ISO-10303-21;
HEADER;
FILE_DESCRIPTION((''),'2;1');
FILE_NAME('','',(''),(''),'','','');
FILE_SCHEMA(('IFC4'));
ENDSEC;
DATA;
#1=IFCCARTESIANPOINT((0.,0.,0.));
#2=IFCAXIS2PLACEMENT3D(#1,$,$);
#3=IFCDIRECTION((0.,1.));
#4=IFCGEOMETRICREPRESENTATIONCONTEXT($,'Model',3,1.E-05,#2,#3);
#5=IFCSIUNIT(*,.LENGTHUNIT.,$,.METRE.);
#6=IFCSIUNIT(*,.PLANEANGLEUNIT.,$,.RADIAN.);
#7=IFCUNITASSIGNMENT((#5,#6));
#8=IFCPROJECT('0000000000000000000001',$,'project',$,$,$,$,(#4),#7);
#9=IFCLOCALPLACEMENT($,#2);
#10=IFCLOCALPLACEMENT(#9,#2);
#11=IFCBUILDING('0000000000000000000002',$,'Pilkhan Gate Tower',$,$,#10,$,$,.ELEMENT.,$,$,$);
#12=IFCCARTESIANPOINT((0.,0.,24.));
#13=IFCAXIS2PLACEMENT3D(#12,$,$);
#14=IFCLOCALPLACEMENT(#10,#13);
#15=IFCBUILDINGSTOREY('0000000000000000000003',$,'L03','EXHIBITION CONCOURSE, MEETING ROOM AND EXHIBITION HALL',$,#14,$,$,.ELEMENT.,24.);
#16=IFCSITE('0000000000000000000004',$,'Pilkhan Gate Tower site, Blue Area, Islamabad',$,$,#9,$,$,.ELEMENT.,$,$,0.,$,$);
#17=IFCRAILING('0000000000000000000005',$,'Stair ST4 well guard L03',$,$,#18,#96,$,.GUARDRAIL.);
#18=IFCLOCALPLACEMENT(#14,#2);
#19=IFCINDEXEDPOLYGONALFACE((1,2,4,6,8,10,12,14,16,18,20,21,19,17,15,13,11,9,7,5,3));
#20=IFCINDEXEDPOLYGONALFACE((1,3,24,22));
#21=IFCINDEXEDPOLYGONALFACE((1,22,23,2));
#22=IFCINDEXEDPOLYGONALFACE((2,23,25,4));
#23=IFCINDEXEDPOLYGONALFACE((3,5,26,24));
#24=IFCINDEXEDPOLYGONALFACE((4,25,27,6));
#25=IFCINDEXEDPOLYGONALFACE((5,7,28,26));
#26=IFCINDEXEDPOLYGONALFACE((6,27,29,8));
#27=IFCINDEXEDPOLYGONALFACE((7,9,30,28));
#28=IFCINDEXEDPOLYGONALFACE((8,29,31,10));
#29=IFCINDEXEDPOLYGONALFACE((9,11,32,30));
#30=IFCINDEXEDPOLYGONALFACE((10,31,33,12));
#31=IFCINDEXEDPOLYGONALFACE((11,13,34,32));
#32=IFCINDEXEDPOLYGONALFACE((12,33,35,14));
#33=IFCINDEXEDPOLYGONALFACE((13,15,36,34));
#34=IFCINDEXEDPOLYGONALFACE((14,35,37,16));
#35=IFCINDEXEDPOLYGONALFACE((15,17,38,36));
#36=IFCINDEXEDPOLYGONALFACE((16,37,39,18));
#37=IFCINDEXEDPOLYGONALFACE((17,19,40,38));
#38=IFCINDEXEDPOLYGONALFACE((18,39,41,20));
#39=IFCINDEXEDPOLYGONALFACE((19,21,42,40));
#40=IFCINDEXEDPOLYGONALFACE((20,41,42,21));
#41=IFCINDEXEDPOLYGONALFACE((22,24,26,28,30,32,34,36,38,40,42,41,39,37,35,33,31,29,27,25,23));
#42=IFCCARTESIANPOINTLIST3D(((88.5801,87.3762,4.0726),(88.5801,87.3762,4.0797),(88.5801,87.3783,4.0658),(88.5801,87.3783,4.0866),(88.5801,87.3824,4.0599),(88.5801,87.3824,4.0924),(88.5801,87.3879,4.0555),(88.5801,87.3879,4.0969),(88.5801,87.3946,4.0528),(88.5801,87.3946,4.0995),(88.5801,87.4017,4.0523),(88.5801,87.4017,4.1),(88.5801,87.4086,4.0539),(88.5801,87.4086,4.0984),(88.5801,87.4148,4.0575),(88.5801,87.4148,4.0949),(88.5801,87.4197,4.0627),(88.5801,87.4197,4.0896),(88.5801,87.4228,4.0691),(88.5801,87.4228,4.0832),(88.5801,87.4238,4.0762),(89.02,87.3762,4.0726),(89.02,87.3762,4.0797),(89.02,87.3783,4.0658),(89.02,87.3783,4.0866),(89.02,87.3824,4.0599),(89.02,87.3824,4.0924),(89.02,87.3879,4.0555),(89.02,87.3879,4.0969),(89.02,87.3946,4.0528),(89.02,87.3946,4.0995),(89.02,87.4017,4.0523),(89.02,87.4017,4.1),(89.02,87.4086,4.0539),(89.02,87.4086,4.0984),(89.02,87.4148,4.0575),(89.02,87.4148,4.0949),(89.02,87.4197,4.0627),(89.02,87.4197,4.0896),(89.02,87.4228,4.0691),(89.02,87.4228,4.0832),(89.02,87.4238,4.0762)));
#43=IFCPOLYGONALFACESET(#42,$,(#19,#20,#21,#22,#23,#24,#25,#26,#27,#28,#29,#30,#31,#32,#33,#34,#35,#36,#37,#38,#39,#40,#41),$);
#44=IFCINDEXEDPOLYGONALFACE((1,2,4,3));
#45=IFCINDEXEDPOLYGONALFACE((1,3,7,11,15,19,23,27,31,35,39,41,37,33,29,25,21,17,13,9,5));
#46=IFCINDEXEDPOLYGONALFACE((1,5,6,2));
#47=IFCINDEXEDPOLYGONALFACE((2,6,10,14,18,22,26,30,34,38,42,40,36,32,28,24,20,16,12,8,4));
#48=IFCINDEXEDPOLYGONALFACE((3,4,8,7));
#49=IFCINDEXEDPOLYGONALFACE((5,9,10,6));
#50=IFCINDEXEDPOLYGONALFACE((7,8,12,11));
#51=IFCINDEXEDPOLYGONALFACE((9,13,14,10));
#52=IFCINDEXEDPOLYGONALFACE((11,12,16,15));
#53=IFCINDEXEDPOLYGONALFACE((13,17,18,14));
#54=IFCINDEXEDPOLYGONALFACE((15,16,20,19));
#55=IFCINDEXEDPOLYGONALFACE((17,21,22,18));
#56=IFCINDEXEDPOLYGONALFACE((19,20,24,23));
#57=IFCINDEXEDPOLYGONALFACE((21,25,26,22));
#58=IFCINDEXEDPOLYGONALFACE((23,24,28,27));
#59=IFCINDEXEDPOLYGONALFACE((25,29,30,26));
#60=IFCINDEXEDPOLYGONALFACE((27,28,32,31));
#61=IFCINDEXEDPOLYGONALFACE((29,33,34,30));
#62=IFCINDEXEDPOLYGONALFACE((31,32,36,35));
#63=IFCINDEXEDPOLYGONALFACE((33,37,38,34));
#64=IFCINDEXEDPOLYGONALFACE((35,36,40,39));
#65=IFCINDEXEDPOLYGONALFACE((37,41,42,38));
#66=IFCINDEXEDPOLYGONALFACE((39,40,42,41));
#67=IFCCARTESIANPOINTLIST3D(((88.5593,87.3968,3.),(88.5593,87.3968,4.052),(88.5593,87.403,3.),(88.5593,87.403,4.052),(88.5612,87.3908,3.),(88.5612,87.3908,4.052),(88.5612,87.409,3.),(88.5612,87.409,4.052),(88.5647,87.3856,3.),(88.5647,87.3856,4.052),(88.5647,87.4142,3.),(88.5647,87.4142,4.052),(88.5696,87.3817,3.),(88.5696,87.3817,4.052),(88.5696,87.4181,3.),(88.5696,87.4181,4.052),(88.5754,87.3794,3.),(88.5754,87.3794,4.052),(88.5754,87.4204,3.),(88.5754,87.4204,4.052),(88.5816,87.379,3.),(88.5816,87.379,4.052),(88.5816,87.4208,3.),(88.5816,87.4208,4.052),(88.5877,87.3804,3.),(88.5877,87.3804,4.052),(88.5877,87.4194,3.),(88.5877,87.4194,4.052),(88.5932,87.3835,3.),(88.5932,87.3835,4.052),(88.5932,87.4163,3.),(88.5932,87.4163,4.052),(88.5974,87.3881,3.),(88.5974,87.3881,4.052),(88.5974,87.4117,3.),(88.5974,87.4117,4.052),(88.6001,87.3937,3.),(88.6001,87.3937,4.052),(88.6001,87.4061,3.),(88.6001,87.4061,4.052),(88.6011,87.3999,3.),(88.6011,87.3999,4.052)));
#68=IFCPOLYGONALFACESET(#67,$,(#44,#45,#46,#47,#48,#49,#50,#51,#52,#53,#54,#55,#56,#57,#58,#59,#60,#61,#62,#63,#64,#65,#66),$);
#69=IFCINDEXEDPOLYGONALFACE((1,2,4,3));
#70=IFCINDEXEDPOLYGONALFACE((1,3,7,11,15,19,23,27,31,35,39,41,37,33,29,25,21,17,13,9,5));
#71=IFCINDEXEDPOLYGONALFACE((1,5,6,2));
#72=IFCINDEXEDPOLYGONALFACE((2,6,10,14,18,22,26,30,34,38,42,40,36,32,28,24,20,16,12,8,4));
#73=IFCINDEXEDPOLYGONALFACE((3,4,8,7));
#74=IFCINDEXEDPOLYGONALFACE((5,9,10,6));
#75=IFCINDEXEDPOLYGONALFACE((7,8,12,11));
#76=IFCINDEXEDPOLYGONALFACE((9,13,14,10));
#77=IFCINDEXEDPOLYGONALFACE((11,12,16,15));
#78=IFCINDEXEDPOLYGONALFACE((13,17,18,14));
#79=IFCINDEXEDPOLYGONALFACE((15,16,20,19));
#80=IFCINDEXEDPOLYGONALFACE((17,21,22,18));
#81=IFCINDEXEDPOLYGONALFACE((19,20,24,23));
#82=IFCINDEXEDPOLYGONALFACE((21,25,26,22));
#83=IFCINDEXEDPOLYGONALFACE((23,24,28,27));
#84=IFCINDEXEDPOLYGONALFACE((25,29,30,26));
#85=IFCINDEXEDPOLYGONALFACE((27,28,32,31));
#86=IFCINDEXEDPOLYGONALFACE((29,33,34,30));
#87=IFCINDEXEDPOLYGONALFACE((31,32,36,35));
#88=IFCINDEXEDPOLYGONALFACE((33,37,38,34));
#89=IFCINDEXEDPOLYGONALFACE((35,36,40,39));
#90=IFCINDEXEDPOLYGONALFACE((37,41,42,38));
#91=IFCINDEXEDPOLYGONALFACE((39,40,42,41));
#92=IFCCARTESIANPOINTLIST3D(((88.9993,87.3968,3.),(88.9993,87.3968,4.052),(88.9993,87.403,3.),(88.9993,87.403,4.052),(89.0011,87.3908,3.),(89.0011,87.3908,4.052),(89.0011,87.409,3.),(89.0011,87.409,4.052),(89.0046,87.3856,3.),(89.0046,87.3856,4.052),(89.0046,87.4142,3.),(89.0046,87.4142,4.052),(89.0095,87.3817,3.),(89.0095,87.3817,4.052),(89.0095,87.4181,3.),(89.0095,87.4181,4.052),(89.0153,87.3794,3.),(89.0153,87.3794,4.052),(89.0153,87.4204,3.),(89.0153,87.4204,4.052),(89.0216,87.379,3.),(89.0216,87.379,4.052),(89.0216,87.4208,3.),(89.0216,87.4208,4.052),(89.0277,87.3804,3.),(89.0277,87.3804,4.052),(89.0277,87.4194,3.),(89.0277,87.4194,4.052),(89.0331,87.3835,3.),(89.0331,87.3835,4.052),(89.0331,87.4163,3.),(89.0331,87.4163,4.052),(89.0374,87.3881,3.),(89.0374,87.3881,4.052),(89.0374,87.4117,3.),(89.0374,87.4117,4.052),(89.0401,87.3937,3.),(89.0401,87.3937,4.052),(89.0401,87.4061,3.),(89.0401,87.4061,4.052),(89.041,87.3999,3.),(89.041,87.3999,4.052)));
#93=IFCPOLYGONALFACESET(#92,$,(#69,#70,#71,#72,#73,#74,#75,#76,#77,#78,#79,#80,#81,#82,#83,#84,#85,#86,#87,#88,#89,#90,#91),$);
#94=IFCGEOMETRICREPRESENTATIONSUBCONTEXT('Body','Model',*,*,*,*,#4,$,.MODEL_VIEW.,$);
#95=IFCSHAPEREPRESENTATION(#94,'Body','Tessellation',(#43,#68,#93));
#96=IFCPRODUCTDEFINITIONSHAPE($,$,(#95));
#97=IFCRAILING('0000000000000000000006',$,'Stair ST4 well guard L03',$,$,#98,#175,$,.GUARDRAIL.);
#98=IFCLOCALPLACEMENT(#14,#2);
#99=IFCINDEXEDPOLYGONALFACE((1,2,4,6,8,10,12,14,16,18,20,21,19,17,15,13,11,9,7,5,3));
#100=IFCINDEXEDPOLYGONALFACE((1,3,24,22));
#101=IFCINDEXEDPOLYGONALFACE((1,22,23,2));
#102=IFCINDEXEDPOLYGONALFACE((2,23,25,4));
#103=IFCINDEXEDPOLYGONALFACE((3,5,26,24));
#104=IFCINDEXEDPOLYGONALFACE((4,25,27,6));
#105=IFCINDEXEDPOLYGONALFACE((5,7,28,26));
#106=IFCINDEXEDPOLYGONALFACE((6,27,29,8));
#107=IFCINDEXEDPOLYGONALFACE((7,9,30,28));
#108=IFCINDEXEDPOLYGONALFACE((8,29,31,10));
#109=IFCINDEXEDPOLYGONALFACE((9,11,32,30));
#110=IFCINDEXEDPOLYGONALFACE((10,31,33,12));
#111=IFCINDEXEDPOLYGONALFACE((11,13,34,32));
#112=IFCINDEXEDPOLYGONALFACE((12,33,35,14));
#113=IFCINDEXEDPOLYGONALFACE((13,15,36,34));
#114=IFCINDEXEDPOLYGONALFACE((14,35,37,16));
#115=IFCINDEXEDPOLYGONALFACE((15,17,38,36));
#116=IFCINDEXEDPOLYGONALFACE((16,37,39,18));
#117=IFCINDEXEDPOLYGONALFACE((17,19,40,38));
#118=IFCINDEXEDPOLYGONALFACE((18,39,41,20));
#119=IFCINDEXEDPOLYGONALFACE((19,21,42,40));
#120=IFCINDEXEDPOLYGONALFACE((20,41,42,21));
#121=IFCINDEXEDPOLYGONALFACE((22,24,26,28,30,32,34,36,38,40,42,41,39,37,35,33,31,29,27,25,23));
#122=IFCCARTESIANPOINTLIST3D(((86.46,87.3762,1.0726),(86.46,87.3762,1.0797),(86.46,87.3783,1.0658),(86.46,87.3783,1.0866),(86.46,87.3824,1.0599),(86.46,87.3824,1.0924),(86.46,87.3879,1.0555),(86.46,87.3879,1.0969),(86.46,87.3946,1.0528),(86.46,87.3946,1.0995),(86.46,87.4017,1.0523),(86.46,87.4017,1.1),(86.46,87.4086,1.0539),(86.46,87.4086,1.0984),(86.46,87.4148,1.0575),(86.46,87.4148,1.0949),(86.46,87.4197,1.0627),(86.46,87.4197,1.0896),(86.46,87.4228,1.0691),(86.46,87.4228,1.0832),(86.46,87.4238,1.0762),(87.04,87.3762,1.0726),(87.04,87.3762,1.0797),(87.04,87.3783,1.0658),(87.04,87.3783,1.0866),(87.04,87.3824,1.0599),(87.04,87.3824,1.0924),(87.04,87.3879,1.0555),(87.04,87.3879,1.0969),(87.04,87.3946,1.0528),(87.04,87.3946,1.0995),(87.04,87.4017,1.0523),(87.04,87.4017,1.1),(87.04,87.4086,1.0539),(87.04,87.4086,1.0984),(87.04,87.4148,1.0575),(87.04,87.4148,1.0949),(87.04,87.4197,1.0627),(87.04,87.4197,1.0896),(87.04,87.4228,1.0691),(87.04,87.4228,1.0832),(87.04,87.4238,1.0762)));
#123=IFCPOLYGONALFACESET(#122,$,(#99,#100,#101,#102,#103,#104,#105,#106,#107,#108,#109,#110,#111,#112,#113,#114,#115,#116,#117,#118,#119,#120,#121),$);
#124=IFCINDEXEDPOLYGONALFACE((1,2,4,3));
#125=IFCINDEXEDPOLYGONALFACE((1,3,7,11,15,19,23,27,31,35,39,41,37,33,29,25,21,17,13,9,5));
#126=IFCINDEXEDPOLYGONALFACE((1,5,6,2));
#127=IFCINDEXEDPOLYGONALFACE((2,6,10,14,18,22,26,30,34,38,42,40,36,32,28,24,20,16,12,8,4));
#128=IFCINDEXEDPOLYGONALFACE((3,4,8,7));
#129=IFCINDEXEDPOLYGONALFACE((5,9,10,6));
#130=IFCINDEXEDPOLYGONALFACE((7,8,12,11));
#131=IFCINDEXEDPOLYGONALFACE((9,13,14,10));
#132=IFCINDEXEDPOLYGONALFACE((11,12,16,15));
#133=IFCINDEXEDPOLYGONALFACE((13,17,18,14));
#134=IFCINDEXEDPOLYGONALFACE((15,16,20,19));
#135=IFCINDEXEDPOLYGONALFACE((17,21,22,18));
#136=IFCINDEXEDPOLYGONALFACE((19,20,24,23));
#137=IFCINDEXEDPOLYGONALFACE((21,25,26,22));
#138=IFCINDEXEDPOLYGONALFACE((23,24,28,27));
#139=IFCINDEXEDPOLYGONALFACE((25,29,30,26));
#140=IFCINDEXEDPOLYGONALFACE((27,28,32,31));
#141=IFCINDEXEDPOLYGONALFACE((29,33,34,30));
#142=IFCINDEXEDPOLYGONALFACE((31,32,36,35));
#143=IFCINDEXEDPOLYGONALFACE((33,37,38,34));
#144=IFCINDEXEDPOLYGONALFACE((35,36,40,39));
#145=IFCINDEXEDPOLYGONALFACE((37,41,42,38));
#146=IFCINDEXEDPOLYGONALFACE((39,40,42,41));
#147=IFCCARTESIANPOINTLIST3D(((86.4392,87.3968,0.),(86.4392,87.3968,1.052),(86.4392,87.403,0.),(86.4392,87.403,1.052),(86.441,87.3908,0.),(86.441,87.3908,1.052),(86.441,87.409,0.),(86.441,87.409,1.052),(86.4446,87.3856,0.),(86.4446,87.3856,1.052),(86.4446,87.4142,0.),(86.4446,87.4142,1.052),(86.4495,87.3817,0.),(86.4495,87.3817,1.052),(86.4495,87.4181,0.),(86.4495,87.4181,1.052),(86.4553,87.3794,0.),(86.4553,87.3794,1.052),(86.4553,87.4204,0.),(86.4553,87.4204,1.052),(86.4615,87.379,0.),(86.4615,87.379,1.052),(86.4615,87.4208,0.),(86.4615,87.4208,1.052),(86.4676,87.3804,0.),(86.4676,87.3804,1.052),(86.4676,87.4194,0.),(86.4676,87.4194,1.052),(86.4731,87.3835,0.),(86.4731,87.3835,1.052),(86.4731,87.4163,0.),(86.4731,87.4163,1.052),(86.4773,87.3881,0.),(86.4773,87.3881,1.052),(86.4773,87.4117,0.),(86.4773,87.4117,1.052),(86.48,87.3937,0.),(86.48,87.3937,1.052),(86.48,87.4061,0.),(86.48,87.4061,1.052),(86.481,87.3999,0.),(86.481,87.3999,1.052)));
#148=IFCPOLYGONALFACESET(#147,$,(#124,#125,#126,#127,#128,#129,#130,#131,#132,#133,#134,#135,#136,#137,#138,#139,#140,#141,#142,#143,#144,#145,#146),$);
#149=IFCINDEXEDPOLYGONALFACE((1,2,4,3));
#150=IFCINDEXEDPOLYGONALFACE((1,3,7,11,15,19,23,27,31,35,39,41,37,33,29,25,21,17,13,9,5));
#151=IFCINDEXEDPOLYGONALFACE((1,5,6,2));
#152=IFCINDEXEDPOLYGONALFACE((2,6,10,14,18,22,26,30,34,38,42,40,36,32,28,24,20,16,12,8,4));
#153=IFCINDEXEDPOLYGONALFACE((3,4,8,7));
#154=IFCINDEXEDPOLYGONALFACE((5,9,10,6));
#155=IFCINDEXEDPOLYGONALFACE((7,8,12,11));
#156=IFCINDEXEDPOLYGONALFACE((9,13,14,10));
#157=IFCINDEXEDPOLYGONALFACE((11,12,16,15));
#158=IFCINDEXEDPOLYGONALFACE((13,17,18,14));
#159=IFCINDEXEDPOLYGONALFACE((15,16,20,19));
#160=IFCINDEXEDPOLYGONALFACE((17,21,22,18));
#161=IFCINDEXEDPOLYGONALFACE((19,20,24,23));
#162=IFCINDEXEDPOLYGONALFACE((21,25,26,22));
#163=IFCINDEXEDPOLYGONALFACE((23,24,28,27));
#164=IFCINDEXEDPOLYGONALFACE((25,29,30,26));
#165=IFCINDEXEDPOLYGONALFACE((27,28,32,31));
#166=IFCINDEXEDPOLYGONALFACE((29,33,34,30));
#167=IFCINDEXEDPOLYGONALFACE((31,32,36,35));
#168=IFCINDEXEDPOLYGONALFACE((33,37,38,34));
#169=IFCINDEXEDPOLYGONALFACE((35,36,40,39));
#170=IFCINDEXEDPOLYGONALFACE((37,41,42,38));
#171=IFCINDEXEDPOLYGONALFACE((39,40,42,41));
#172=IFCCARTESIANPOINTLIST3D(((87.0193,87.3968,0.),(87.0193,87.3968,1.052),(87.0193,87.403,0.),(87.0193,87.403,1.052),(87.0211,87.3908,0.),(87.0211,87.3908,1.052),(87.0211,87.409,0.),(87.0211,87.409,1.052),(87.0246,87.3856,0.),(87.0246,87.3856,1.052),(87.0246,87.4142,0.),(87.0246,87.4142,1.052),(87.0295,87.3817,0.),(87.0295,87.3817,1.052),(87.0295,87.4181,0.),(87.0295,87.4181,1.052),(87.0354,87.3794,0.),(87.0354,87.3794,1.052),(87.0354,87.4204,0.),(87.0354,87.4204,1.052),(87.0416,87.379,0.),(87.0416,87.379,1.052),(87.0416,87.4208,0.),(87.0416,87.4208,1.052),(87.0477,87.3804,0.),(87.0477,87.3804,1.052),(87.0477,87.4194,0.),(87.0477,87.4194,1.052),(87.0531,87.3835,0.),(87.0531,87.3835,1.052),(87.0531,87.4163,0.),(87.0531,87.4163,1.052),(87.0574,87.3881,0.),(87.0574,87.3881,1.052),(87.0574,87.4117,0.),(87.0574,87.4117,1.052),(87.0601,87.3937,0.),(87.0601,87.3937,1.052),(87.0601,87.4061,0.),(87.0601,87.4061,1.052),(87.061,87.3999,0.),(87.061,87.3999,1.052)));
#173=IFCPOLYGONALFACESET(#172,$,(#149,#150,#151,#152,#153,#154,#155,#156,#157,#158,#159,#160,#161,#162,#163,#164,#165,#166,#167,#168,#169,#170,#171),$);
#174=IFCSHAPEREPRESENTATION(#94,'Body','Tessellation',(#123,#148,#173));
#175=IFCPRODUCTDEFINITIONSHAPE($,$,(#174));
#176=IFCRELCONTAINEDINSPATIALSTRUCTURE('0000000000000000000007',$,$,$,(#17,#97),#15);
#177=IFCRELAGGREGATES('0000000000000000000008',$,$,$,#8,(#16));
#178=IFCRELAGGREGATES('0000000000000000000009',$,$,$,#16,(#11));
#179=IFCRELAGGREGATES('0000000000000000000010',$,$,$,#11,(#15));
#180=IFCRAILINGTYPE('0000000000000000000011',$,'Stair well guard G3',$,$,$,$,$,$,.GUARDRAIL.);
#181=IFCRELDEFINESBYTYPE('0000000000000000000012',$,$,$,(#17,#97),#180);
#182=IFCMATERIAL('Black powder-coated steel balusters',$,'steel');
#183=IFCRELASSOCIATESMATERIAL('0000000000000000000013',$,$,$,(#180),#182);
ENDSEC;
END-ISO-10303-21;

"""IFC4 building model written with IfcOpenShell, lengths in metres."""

from ifc_helpers import new_model, si_unit, direction, frame, origin, origin_2d, place, context, subcontext, project, spatial, circle, extrude, material, type_object, element, save


model = new_model("IFC4")

# Units and contexts
model_context = context("Model", 3, precision=1e-05, world=origin(), true_north=direction((0.0, 1.0)))
body_context = subcontext(model_context, "Body", "Model", "MODEL_VIEW")
ifc_project = project(units=[si_unit("LENGTHUNIT", "METRE"), si_unit("PLANEANGLEUNIT", "RADIAN")], contexts=[model_context])

# Site, building, storey
site_placement = place(None, origin())
site = spatial("IfcSite", under=ifc_project, at=site_placement, Name="Pilkhan Gate Tower site, Blue Area, Islamabad", CompositionType="ELEMENT", RefElevation=0.0)
building_placement = place(site_placement, origin())
building = spatial("IfcBuilding", under=site, at=building_placement, Name="Pilkhan Gate Tower", CompositionType="ELEMENT")
storey_placement = place(building_placement, frame((0.0, 0.0, 24.0)))
storey = spatial("IfcBuildingStorey", under=building, at=storey_placement, Name="L03", Description="EXHIBITION CONCOURSE, MEETING ROOM AND EXHIBITION HALL", CompositionType="ELEMENT", Elevation=24.0)

# Railings
ifc_material_1 = material(Name="Black powder-coated steel balusters", Category="steel")
railing_type_1 = type_object("IfcRailingType", Name="Stair well guard G3", PredefinedType="GUARDRAIL", material=ifc_material_1)
railing_placement = place(storey_placement, frame((88.5801, 87.3999, 3.0)))
element("IfcRailing", 1, at=railing_placement, inside=storey, type_object=railing_type_1, Name="Stair ST4 well guard L03", PredefinedType="GUARDRAIL", context=body_context, shape_type="SweptSolid", body=[
    extrude(circle(Radius=0.0239, at=origin_2d()), frame((0.0, 0.0, 1.0762), z_axis=(1.0, 0.0, 0.0), x_axis=(0.0, 1.0, 0.0)), (0.0, 0.0, 1.0), 0.4399),
    extrude(circle(Radius=0.021, at=origin_2d()), origin(), (0.0, 0.0, 1.0), 1.052),
    extrude(circle(Radius=0.021, at=origin_2d()), frame((0.4399, 0.0, 0.0)), (0.0, 0.0, 1.0), 1.052),
])
for number, where, name in (
    (2, (86.46, 87.3999, 0.0), "Stair ST4 well guard L03"),
):
    element("IfcRailing", number, at=place(storey_placement, frame(where)), inside=storey, type_object=railing_type_1, Name=name, PredefinedType="GUARDRAIL", context=body_context, shape_type="SweptSolid", body=[
        extrude(circle(Radius=0.0239, at=origin_2d()), frame((0.0, 0.0, 1.0762), z_axis=(1.0, 0.0, 0.0), x_axis=(0.0, 1.0, 0.0)), (0.0, 0.0, 1.0), 0.5801),
        extrude(circle(Radius=0.021, at=origin_2d()), origin(), (0.0, 0.0, 1.0), 1.052),
        extrude(circle(Radius=0.021, at=origin_2d()), frame((0.5801, 0.0, 0.0)), (0.0, 0.0, 1.0), 1.052),
    ])

save(model, "model.ifc")
